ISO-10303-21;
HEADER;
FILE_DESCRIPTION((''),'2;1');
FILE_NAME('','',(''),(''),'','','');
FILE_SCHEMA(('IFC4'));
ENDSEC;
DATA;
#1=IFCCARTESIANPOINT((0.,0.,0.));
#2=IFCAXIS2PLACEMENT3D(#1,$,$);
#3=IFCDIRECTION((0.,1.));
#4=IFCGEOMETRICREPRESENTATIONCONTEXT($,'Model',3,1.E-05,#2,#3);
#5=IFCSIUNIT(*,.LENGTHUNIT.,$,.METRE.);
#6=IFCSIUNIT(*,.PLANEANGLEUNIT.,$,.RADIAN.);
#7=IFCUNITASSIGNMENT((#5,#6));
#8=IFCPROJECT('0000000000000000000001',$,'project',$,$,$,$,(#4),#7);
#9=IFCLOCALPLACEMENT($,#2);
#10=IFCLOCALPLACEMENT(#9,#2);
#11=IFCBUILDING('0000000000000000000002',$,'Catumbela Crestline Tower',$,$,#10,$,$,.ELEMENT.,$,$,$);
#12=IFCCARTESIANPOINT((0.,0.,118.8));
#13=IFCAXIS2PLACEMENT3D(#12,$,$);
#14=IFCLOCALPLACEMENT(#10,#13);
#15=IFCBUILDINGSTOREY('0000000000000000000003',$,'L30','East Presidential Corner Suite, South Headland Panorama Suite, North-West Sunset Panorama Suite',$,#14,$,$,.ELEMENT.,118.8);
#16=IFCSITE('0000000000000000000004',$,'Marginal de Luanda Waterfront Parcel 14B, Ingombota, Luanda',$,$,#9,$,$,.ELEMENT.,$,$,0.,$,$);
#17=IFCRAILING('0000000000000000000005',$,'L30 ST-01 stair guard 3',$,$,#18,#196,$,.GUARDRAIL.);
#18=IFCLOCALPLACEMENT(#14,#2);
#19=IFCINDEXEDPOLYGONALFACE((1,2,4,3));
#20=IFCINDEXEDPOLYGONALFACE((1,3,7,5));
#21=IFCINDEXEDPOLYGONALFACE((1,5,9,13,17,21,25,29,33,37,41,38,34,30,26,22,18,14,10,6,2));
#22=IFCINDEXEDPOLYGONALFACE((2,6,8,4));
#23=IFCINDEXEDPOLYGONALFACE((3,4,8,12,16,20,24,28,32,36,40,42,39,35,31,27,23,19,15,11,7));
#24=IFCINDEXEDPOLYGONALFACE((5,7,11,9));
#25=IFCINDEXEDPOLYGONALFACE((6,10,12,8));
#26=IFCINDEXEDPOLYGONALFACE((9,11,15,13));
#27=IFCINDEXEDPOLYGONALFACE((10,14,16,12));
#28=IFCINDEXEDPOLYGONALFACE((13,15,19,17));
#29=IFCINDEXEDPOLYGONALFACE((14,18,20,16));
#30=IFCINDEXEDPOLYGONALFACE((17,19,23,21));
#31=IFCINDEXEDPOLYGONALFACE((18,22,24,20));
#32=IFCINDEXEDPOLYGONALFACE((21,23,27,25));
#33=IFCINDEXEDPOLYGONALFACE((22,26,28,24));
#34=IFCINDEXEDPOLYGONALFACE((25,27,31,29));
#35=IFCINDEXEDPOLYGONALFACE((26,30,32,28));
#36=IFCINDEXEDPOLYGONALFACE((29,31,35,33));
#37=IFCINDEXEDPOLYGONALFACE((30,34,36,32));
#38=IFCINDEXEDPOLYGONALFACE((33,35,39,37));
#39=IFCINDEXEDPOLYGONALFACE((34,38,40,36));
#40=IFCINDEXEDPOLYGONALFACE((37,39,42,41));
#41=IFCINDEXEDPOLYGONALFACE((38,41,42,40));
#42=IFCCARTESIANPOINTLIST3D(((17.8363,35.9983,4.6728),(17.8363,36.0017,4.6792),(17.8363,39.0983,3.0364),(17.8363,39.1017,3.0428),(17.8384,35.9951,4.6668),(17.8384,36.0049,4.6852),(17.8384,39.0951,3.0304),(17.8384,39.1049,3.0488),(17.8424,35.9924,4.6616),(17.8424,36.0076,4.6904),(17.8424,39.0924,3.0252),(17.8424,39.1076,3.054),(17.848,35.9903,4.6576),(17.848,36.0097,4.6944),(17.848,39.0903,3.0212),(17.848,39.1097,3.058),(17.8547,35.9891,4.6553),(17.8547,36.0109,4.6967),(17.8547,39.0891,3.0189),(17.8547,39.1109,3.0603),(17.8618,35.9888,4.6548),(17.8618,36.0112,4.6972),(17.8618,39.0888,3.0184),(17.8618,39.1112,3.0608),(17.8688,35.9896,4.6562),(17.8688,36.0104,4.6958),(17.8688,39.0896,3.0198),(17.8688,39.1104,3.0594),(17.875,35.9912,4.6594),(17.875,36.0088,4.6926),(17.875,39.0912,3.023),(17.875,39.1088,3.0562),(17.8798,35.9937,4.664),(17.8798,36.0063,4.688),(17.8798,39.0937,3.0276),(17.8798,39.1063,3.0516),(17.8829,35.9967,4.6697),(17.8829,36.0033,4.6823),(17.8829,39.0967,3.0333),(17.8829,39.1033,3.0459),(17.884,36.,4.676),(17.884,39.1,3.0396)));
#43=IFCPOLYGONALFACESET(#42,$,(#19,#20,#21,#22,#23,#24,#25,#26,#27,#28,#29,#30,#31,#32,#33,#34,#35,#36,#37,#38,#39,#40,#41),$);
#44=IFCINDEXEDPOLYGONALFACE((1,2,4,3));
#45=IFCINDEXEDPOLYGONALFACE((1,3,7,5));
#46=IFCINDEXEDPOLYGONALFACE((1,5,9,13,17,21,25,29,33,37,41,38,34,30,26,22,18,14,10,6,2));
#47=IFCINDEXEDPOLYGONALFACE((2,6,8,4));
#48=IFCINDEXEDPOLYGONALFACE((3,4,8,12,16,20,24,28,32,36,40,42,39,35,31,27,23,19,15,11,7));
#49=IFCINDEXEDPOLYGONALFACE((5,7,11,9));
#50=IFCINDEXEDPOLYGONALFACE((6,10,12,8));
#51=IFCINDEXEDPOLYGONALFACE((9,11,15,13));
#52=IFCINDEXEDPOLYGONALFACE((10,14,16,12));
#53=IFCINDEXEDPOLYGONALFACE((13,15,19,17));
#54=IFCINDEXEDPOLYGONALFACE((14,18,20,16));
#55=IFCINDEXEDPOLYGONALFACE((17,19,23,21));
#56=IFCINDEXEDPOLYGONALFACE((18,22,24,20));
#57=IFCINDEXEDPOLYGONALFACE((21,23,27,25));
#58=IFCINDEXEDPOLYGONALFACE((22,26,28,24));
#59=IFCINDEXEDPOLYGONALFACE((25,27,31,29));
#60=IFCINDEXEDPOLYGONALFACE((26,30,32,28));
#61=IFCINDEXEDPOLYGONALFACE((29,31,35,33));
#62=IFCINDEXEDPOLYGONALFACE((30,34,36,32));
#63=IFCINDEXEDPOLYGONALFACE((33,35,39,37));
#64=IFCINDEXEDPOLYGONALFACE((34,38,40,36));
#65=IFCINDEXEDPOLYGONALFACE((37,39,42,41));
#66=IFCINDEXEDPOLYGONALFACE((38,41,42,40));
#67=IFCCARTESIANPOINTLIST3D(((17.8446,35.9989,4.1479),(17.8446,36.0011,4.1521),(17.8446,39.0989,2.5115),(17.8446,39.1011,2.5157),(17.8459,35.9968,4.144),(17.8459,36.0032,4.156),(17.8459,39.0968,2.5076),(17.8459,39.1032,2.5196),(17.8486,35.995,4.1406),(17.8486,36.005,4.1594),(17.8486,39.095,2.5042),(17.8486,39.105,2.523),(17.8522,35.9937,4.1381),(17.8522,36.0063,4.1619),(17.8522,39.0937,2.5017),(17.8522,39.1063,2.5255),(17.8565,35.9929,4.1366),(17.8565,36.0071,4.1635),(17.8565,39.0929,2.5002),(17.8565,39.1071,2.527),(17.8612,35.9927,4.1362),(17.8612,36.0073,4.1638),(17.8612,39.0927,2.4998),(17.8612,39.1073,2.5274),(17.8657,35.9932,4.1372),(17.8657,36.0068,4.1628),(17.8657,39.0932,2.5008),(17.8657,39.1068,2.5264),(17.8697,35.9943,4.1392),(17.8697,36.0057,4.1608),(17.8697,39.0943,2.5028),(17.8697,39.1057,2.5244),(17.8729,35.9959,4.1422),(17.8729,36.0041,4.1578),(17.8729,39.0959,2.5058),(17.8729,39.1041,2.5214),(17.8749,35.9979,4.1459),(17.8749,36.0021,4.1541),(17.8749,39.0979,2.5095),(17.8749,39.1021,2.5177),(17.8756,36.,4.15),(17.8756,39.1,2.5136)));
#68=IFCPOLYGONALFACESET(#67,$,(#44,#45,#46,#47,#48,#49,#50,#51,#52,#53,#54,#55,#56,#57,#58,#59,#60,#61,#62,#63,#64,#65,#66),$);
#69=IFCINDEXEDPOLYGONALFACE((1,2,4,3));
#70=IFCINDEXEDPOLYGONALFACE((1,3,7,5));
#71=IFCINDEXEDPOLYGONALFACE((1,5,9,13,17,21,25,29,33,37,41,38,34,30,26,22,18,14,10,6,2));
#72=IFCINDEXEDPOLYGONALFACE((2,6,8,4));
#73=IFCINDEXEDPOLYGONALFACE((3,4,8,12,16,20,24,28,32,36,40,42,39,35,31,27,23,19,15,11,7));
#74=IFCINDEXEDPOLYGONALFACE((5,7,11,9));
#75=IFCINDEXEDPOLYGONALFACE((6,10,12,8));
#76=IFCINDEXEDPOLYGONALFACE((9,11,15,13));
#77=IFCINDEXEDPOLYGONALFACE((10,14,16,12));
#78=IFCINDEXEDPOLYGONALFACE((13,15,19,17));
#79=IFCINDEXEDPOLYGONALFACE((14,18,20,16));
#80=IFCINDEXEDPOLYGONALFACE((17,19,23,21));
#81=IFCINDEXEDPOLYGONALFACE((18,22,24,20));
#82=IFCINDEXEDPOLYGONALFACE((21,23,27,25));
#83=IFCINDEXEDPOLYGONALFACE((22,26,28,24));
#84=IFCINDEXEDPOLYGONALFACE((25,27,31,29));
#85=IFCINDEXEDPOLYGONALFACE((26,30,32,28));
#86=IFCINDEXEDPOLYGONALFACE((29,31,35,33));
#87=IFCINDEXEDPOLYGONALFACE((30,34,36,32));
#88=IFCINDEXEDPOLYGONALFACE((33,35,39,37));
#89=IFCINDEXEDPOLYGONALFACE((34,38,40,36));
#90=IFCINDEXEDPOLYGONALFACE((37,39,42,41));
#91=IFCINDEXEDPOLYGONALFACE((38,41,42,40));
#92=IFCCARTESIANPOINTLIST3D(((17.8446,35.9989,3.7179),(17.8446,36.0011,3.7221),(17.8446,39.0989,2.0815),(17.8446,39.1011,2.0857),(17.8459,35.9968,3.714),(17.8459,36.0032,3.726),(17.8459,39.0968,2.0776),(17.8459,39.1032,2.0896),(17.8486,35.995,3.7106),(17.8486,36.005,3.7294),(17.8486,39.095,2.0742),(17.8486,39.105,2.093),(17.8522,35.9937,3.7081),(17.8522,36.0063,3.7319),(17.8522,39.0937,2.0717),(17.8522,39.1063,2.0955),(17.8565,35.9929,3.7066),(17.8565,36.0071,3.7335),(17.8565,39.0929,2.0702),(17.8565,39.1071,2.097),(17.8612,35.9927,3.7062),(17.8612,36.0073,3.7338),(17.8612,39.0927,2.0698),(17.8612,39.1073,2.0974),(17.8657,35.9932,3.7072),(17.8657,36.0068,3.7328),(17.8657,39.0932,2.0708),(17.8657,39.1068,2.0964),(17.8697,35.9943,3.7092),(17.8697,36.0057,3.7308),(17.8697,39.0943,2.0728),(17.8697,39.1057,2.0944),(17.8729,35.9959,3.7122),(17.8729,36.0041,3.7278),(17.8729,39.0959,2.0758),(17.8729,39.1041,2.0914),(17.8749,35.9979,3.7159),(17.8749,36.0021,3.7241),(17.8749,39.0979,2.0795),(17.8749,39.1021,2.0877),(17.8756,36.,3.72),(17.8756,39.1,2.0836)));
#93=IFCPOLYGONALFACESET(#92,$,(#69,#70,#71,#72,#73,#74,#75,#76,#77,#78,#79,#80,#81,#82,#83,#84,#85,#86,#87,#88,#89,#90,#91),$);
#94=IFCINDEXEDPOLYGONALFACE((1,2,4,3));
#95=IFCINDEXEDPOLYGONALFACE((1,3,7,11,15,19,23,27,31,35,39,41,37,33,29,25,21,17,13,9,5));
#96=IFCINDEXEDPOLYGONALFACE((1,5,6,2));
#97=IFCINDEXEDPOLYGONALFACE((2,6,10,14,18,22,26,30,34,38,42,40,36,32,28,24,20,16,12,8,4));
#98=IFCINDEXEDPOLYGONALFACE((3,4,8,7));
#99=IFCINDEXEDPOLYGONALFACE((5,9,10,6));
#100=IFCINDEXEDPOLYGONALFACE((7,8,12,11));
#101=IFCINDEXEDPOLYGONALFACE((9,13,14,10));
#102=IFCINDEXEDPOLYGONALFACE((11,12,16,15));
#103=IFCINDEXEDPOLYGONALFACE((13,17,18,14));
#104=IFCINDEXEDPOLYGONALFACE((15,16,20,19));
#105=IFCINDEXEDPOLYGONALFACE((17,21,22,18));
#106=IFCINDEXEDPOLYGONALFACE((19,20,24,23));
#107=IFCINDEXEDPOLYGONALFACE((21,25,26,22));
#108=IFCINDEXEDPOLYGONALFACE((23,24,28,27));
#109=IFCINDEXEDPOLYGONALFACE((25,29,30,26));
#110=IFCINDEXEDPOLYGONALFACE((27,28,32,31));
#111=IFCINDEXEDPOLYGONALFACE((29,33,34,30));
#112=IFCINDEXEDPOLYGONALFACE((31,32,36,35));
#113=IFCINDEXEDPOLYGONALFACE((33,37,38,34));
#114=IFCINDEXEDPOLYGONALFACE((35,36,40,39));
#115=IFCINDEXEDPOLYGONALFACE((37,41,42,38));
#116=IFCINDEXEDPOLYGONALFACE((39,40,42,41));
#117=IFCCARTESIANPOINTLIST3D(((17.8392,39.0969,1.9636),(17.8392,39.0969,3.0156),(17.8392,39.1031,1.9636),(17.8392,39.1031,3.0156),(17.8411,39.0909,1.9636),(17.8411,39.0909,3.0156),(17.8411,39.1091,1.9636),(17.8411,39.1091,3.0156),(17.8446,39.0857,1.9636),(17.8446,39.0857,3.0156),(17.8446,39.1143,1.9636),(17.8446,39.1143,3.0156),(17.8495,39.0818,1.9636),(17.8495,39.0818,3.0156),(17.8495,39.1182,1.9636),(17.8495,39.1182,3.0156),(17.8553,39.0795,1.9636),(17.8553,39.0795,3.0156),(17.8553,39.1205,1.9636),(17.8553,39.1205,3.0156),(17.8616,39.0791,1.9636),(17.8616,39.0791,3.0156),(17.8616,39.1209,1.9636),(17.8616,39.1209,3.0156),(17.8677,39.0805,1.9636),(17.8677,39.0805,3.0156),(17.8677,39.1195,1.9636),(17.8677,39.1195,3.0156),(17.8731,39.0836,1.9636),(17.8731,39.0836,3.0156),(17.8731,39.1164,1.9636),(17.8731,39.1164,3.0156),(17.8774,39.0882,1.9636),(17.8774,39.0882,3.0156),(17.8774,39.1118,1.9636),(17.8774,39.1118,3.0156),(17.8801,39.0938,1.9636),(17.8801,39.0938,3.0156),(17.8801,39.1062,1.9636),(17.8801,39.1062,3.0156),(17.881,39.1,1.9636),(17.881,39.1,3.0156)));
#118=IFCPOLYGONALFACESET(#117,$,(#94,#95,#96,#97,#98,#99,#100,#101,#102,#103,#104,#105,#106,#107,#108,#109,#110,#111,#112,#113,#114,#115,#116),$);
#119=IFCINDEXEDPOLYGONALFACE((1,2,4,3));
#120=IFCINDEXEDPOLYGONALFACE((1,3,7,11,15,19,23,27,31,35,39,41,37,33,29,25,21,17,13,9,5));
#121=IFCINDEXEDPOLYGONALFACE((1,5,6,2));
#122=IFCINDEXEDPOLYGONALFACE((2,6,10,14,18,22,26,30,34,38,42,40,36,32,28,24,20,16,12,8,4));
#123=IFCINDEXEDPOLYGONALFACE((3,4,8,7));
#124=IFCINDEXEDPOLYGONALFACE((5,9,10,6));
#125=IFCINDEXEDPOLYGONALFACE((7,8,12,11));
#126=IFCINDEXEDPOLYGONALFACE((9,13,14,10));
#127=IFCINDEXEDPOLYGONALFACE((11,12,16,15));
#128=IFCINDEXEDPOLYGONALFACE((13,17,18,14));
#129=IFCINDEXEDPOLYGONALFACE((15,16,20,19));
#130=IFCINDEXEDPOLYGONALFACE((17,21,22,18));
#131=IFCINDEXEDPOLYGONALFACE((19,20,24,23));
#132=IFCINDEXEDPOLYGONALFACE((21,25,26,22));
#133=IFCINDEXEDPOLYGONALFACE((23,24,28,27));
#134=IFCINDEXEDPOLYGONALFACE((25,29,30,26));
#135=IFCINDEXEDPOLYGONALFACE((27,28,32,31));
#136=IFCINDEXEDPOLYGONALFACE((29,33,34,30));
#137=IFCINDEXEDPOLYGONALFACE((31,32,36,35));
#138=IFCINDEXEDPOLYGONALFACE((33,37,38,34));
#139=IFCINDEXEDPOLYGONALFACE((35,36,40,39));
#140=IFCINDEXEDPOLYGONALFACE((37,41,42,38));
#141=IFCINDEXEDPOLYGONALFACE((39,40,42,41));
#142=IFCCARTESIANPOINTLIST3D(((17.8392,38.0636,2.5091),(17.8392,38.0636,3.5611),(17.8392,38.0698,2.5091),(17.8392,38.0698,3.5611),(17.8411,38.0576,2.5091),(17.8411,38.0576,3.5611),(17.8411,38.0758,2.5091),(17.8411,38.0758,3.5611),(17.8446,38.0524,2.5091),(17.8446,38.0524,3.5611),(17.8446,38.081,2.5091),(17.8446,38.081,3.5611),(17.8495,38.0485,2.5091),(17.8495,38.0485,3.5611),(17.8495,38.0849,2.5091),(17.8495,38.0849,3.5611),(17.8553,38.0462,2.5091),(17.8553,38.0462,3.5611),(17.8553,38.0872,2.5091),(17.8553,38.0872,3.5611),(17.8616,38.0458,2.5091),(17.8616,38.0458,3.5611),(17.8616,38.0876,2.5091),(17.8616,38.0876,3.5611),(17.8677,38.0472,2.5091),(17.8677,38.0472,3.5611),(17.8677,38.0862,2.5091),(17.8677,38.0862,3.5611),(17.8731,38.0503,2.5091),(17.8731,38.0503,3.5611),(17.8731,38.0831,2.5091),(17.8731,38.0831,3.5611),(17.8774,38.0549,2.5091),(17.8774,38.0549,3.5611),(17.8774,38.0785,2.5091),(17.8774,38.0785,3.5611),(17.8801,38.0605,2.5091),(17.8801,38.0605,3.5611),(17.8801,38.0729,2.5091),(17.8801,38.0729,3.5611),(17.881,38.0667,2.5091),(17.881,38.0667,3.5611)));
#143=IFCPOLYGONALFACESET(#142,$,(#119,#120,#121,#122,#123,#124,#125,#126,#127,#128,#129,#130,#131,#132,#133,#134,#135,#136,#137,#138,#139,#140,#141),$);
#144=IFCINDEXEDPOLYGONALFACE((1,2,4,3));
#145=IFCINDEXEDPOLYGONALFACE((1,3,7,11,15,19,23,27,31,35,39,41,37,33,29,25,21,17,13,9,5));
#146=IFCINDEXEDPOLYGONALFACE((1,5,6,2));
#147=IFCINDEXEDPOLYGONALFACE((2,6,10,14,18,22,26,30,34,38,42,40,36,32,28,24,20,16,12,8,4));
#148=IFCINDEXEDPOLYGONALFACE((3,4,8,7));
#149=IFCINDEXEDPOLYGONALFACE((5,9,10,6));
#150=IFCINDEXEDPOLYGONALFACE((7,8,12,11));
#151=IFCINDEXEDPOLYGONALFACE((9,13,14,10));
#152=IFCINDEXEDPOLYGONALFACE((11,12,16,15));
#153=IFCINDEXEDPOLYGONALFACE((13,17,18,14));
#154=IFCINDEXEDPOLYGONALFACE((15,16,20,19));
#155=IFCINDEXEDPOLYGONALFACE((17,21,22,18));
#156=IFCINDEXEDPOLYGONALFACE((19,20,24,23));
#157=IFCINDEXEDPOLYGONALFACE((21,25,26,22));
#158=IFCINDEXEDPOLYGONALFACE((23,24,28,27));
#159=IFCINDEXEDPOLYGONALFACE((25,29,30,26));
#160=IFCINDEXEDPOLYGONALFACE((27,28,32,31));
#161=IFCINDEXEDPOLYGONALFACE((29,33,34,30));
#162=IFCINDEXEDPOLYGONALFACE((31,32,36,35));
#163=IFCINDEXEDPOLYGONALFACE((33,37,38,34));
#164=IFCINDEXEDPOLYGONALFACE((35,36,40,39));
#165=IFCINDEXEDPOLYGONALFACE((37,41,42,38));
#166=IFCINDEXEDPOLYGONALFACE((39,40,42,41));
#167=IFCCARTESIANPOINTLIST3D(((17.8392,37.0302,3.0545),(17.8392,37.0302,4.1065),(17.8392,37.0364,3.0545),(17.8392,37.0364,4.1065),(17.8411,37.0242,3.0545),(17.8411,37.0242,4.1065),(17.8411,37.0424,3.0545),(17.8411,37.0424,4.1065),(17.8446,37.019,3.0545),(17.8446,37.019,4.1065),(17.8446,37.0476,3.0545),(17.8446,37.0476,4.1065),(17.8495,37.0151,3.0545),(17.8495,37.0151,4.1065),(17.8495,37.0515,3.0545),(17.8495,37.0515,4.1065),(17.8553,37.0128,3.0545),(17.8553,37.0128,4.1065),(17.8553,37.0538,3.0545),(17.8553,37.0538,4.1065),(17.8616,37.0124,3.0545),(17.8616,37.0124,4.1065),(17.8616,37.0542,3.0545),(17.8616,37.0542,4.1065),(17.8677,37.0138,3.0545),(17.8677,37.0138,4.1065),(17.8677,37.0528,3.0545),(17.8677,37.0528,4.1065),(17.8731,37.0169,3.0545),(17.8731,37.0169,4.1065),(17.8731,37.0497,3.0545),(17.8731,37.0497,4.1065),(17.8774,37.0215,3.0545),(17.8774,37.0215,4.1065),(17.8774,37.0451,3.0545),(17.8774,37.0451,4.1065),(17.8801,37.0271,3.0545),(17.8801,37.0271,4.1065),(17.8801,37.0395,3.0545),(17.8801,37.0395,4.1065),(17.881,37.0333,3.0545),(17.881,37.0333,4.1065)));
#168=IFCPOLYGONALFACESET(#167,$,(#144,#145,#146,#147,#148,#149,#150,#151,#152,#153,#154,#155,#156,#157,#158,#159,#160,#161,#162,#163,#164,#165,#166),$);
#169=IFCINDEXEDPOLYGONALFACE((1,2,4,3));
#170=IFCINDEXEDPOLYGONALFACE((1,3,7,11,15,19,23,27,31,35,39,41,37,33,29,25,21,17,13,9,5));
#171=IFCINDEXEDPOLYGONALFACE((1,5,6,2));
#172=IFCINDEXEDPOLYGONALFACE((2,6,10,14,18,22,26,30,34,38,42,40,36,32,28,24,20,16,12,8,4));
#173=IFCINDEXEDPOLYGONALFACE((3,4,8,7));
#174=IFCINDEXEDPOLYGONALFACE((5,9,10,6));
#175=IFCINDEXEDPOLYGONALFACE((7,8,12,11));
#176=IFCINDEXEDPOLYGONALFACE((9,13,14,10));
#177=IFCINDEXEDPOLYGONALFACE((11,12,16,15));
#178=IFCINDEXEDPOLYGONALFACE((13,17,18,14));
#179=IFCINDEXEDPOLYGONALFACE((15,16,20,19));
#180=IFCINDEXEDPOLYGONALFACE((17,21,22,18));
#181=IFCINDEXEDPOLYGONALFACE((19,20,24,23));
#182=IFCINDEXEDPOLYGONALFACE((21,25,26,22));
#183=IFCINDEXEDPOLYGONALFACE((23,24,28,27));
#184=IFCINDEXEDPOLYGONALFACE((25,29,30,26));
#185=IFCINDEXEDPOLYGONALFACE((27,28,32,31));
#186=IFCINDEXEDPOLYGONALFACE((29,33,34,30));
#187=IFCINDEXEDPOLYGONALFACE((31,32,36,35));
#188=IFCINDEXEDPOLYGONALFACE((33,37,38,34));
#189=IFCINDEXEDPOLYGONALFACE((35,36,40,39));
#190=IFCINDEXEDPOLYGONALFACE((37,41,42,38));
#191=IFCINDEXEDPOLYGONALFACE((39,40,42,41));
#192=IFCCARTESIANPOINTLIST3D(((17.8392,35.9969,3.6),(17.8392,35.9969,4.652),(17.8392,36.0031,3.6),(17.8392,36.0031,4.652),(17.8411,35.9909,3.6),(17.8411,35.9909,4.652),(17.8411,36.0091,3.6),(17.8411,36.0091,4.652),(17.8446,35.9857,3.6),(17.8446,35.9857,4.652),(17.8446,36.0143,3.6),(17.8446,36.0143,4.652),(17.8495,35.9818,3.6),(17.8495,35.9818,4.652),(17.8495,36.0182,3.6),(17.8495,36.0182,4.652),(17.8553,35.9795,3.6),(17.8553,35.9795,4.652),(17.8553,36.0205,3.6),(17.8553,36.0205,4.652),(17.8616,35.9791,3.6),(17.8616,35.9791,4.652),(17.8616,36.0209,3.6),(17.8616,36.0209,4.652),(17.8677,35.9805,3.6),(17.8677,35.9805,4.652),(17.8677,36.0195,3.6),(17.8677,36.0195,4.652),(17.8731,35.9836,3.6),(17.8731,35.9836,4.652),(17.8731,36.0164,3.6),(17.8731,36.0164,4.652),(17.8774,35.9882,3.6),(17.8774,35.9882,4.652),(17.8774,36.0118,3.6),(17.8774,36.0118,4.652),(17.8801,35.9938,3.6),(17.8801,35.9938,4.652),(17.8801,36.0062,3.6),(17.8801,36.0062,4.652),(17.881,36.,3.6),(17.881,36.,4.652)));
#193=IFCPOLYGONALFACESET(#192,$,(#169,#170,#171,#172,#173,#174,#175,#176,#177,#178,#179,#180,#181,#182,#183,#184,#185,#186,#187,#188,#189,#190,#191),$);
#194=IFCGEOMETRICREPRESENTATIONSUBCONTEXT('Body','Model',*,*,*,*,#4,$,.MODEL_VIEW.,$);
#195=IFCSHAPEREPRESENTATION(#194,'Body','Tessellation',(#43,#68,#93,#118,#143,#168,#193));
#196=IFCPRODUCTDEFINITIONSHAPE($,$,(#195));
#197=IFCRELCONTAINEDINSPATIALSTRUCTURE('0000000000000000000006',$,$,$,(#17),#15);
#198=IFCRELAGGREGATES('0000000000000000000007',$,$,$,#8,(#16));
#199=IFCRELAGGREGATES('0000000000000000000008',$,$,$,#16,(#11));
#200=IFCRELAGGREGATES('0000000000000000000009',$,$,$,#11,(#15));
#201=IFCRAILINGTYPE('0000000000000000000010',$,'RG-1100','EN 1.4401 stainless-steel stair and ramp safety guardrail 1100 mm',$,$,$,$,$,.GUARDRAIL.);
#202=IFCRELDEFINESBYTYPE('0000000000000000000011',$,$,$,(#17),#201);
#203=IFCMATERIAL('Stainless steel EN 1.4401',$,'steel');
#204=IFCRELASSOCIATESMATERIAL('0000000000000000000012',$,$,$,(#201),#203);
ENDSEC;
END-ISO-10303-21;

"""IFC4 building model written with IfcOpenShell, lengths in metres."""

from ifc_helpers import new_model, si_unit, direction, frame, origin, origin_2d, place, context, subcontext, project, spatial, circle, extrude, material, type_object, element, save


model = new_model("IFC4")

# Units and contexts
model_context = context("Model", 3, precision=1e-05, world=origin(), true_north=direction((0.0, 1.0)))
body_context = subcontext(model_context, "Body", "Model", "MODEL_VIEW")
ifc_project = project(units=[si_unit("LENGTHUNIT", "METRE"), si_unit("PLANEANGLEUNIT", "RADIAN")], contexts=[model_context])

# Site, building, storey
site_placement = place(None, origin())
site = spatial("IfcSite", under=ifc_project, at=site_placement, Name="Marginal de Luanda Waterfront Parcel 14B, Ingombota, Luanda", CompositionType="ELEMENT", RefElevation=0.0)
building_placement = place(site_placement, origin())
building = spatial("IfcBuilding", under=site, at=building_placement, Name="Catumbela Crestline Tower", CompositionType="ELEMENT")
storey_placement = place(building_placement, frame((0.0, 0.0, 118.8)))
storey = spatial("IfcBuildingStorey", under=building, at=storey_placement, Name="L30", Description="East Presidential Corner Suite, South Headland Panorama Suite, North-West Sunset Panorama Suite", CompositionType="ELEMENT", Elevation=118.8)

# Railing
ifc_material_1 = material(Name="Stainless steel EN 1.4401", Category="steel")
railing_type_1 = type_object("IfcRailingType", Name="RG-1100", Description="EN 1.4401 stainless-steel stair and ramp safety guardrail 1100 mm", PredefinedType="GUARDRAIL", material=ifc_material_1)
railing_1_placement = place(storey_placement, frame((17.86, 39.1, 1.9636)))
element("IfcRailing", 1, at=railing_1_placement, inside=storey, type_object=railing_type_1, Name="L30 ST-01 stair guard 3", PredefinedType="GUARDRAIL", context=body_context, shape_type="SweptSolid", body=[
    extrude(circle(Radius=0.024, at=origin_2d()), frame((0.0, 0.0, 1.076), z_axis=(0.0, -0.884351, 0.466823), x_axis=(1.0, 0.0, 0.0)), (0.0, 0.0, 1.0), 3.5054),
    extrude(circle(Radius=0.0156, at=origin_2d()), frame((0.0, 0.0, 0.55), z_axis=(0.0, -0.884351, 0.466823), x_axis=(1.0, 0.0, 0.0)), (0.0, 0.0, 1.0), 3.5054),
    extrude(circle(Radius=0.0156, at=origin_2d()), frame((0.0, 0.0, 0.12), z_axis=(0.0, -0.884351, 0.466823), x_axis=(1.0, 0.0, 0.0)), (0.0, 0.0, 1.0), 3.5054),
    extrude(circle(Radius=0.021, at=origin_2d()), origin(), (0.0, 0.0, 1.0), 1.052),
    extrude(circle(Radius=0.021, at=origin_2d()), frame((0.0, -1.0333, 0.5455)), (0.0, 0.0, 1.0), 1.052),
    extrude(circle(Radius=0.021, at=origin_2d()), frame((0.0, -2.0667, 1.0909)), (0.0, 0.0, 1.0), 1.052),
    extrude(circle(Radius=0.021, at=origin_2d()), frame((0.0, -3.1, 1.6364)), (0.0, 0.0, 1.0), 1.052),
])

save(model, "model.ifc")
